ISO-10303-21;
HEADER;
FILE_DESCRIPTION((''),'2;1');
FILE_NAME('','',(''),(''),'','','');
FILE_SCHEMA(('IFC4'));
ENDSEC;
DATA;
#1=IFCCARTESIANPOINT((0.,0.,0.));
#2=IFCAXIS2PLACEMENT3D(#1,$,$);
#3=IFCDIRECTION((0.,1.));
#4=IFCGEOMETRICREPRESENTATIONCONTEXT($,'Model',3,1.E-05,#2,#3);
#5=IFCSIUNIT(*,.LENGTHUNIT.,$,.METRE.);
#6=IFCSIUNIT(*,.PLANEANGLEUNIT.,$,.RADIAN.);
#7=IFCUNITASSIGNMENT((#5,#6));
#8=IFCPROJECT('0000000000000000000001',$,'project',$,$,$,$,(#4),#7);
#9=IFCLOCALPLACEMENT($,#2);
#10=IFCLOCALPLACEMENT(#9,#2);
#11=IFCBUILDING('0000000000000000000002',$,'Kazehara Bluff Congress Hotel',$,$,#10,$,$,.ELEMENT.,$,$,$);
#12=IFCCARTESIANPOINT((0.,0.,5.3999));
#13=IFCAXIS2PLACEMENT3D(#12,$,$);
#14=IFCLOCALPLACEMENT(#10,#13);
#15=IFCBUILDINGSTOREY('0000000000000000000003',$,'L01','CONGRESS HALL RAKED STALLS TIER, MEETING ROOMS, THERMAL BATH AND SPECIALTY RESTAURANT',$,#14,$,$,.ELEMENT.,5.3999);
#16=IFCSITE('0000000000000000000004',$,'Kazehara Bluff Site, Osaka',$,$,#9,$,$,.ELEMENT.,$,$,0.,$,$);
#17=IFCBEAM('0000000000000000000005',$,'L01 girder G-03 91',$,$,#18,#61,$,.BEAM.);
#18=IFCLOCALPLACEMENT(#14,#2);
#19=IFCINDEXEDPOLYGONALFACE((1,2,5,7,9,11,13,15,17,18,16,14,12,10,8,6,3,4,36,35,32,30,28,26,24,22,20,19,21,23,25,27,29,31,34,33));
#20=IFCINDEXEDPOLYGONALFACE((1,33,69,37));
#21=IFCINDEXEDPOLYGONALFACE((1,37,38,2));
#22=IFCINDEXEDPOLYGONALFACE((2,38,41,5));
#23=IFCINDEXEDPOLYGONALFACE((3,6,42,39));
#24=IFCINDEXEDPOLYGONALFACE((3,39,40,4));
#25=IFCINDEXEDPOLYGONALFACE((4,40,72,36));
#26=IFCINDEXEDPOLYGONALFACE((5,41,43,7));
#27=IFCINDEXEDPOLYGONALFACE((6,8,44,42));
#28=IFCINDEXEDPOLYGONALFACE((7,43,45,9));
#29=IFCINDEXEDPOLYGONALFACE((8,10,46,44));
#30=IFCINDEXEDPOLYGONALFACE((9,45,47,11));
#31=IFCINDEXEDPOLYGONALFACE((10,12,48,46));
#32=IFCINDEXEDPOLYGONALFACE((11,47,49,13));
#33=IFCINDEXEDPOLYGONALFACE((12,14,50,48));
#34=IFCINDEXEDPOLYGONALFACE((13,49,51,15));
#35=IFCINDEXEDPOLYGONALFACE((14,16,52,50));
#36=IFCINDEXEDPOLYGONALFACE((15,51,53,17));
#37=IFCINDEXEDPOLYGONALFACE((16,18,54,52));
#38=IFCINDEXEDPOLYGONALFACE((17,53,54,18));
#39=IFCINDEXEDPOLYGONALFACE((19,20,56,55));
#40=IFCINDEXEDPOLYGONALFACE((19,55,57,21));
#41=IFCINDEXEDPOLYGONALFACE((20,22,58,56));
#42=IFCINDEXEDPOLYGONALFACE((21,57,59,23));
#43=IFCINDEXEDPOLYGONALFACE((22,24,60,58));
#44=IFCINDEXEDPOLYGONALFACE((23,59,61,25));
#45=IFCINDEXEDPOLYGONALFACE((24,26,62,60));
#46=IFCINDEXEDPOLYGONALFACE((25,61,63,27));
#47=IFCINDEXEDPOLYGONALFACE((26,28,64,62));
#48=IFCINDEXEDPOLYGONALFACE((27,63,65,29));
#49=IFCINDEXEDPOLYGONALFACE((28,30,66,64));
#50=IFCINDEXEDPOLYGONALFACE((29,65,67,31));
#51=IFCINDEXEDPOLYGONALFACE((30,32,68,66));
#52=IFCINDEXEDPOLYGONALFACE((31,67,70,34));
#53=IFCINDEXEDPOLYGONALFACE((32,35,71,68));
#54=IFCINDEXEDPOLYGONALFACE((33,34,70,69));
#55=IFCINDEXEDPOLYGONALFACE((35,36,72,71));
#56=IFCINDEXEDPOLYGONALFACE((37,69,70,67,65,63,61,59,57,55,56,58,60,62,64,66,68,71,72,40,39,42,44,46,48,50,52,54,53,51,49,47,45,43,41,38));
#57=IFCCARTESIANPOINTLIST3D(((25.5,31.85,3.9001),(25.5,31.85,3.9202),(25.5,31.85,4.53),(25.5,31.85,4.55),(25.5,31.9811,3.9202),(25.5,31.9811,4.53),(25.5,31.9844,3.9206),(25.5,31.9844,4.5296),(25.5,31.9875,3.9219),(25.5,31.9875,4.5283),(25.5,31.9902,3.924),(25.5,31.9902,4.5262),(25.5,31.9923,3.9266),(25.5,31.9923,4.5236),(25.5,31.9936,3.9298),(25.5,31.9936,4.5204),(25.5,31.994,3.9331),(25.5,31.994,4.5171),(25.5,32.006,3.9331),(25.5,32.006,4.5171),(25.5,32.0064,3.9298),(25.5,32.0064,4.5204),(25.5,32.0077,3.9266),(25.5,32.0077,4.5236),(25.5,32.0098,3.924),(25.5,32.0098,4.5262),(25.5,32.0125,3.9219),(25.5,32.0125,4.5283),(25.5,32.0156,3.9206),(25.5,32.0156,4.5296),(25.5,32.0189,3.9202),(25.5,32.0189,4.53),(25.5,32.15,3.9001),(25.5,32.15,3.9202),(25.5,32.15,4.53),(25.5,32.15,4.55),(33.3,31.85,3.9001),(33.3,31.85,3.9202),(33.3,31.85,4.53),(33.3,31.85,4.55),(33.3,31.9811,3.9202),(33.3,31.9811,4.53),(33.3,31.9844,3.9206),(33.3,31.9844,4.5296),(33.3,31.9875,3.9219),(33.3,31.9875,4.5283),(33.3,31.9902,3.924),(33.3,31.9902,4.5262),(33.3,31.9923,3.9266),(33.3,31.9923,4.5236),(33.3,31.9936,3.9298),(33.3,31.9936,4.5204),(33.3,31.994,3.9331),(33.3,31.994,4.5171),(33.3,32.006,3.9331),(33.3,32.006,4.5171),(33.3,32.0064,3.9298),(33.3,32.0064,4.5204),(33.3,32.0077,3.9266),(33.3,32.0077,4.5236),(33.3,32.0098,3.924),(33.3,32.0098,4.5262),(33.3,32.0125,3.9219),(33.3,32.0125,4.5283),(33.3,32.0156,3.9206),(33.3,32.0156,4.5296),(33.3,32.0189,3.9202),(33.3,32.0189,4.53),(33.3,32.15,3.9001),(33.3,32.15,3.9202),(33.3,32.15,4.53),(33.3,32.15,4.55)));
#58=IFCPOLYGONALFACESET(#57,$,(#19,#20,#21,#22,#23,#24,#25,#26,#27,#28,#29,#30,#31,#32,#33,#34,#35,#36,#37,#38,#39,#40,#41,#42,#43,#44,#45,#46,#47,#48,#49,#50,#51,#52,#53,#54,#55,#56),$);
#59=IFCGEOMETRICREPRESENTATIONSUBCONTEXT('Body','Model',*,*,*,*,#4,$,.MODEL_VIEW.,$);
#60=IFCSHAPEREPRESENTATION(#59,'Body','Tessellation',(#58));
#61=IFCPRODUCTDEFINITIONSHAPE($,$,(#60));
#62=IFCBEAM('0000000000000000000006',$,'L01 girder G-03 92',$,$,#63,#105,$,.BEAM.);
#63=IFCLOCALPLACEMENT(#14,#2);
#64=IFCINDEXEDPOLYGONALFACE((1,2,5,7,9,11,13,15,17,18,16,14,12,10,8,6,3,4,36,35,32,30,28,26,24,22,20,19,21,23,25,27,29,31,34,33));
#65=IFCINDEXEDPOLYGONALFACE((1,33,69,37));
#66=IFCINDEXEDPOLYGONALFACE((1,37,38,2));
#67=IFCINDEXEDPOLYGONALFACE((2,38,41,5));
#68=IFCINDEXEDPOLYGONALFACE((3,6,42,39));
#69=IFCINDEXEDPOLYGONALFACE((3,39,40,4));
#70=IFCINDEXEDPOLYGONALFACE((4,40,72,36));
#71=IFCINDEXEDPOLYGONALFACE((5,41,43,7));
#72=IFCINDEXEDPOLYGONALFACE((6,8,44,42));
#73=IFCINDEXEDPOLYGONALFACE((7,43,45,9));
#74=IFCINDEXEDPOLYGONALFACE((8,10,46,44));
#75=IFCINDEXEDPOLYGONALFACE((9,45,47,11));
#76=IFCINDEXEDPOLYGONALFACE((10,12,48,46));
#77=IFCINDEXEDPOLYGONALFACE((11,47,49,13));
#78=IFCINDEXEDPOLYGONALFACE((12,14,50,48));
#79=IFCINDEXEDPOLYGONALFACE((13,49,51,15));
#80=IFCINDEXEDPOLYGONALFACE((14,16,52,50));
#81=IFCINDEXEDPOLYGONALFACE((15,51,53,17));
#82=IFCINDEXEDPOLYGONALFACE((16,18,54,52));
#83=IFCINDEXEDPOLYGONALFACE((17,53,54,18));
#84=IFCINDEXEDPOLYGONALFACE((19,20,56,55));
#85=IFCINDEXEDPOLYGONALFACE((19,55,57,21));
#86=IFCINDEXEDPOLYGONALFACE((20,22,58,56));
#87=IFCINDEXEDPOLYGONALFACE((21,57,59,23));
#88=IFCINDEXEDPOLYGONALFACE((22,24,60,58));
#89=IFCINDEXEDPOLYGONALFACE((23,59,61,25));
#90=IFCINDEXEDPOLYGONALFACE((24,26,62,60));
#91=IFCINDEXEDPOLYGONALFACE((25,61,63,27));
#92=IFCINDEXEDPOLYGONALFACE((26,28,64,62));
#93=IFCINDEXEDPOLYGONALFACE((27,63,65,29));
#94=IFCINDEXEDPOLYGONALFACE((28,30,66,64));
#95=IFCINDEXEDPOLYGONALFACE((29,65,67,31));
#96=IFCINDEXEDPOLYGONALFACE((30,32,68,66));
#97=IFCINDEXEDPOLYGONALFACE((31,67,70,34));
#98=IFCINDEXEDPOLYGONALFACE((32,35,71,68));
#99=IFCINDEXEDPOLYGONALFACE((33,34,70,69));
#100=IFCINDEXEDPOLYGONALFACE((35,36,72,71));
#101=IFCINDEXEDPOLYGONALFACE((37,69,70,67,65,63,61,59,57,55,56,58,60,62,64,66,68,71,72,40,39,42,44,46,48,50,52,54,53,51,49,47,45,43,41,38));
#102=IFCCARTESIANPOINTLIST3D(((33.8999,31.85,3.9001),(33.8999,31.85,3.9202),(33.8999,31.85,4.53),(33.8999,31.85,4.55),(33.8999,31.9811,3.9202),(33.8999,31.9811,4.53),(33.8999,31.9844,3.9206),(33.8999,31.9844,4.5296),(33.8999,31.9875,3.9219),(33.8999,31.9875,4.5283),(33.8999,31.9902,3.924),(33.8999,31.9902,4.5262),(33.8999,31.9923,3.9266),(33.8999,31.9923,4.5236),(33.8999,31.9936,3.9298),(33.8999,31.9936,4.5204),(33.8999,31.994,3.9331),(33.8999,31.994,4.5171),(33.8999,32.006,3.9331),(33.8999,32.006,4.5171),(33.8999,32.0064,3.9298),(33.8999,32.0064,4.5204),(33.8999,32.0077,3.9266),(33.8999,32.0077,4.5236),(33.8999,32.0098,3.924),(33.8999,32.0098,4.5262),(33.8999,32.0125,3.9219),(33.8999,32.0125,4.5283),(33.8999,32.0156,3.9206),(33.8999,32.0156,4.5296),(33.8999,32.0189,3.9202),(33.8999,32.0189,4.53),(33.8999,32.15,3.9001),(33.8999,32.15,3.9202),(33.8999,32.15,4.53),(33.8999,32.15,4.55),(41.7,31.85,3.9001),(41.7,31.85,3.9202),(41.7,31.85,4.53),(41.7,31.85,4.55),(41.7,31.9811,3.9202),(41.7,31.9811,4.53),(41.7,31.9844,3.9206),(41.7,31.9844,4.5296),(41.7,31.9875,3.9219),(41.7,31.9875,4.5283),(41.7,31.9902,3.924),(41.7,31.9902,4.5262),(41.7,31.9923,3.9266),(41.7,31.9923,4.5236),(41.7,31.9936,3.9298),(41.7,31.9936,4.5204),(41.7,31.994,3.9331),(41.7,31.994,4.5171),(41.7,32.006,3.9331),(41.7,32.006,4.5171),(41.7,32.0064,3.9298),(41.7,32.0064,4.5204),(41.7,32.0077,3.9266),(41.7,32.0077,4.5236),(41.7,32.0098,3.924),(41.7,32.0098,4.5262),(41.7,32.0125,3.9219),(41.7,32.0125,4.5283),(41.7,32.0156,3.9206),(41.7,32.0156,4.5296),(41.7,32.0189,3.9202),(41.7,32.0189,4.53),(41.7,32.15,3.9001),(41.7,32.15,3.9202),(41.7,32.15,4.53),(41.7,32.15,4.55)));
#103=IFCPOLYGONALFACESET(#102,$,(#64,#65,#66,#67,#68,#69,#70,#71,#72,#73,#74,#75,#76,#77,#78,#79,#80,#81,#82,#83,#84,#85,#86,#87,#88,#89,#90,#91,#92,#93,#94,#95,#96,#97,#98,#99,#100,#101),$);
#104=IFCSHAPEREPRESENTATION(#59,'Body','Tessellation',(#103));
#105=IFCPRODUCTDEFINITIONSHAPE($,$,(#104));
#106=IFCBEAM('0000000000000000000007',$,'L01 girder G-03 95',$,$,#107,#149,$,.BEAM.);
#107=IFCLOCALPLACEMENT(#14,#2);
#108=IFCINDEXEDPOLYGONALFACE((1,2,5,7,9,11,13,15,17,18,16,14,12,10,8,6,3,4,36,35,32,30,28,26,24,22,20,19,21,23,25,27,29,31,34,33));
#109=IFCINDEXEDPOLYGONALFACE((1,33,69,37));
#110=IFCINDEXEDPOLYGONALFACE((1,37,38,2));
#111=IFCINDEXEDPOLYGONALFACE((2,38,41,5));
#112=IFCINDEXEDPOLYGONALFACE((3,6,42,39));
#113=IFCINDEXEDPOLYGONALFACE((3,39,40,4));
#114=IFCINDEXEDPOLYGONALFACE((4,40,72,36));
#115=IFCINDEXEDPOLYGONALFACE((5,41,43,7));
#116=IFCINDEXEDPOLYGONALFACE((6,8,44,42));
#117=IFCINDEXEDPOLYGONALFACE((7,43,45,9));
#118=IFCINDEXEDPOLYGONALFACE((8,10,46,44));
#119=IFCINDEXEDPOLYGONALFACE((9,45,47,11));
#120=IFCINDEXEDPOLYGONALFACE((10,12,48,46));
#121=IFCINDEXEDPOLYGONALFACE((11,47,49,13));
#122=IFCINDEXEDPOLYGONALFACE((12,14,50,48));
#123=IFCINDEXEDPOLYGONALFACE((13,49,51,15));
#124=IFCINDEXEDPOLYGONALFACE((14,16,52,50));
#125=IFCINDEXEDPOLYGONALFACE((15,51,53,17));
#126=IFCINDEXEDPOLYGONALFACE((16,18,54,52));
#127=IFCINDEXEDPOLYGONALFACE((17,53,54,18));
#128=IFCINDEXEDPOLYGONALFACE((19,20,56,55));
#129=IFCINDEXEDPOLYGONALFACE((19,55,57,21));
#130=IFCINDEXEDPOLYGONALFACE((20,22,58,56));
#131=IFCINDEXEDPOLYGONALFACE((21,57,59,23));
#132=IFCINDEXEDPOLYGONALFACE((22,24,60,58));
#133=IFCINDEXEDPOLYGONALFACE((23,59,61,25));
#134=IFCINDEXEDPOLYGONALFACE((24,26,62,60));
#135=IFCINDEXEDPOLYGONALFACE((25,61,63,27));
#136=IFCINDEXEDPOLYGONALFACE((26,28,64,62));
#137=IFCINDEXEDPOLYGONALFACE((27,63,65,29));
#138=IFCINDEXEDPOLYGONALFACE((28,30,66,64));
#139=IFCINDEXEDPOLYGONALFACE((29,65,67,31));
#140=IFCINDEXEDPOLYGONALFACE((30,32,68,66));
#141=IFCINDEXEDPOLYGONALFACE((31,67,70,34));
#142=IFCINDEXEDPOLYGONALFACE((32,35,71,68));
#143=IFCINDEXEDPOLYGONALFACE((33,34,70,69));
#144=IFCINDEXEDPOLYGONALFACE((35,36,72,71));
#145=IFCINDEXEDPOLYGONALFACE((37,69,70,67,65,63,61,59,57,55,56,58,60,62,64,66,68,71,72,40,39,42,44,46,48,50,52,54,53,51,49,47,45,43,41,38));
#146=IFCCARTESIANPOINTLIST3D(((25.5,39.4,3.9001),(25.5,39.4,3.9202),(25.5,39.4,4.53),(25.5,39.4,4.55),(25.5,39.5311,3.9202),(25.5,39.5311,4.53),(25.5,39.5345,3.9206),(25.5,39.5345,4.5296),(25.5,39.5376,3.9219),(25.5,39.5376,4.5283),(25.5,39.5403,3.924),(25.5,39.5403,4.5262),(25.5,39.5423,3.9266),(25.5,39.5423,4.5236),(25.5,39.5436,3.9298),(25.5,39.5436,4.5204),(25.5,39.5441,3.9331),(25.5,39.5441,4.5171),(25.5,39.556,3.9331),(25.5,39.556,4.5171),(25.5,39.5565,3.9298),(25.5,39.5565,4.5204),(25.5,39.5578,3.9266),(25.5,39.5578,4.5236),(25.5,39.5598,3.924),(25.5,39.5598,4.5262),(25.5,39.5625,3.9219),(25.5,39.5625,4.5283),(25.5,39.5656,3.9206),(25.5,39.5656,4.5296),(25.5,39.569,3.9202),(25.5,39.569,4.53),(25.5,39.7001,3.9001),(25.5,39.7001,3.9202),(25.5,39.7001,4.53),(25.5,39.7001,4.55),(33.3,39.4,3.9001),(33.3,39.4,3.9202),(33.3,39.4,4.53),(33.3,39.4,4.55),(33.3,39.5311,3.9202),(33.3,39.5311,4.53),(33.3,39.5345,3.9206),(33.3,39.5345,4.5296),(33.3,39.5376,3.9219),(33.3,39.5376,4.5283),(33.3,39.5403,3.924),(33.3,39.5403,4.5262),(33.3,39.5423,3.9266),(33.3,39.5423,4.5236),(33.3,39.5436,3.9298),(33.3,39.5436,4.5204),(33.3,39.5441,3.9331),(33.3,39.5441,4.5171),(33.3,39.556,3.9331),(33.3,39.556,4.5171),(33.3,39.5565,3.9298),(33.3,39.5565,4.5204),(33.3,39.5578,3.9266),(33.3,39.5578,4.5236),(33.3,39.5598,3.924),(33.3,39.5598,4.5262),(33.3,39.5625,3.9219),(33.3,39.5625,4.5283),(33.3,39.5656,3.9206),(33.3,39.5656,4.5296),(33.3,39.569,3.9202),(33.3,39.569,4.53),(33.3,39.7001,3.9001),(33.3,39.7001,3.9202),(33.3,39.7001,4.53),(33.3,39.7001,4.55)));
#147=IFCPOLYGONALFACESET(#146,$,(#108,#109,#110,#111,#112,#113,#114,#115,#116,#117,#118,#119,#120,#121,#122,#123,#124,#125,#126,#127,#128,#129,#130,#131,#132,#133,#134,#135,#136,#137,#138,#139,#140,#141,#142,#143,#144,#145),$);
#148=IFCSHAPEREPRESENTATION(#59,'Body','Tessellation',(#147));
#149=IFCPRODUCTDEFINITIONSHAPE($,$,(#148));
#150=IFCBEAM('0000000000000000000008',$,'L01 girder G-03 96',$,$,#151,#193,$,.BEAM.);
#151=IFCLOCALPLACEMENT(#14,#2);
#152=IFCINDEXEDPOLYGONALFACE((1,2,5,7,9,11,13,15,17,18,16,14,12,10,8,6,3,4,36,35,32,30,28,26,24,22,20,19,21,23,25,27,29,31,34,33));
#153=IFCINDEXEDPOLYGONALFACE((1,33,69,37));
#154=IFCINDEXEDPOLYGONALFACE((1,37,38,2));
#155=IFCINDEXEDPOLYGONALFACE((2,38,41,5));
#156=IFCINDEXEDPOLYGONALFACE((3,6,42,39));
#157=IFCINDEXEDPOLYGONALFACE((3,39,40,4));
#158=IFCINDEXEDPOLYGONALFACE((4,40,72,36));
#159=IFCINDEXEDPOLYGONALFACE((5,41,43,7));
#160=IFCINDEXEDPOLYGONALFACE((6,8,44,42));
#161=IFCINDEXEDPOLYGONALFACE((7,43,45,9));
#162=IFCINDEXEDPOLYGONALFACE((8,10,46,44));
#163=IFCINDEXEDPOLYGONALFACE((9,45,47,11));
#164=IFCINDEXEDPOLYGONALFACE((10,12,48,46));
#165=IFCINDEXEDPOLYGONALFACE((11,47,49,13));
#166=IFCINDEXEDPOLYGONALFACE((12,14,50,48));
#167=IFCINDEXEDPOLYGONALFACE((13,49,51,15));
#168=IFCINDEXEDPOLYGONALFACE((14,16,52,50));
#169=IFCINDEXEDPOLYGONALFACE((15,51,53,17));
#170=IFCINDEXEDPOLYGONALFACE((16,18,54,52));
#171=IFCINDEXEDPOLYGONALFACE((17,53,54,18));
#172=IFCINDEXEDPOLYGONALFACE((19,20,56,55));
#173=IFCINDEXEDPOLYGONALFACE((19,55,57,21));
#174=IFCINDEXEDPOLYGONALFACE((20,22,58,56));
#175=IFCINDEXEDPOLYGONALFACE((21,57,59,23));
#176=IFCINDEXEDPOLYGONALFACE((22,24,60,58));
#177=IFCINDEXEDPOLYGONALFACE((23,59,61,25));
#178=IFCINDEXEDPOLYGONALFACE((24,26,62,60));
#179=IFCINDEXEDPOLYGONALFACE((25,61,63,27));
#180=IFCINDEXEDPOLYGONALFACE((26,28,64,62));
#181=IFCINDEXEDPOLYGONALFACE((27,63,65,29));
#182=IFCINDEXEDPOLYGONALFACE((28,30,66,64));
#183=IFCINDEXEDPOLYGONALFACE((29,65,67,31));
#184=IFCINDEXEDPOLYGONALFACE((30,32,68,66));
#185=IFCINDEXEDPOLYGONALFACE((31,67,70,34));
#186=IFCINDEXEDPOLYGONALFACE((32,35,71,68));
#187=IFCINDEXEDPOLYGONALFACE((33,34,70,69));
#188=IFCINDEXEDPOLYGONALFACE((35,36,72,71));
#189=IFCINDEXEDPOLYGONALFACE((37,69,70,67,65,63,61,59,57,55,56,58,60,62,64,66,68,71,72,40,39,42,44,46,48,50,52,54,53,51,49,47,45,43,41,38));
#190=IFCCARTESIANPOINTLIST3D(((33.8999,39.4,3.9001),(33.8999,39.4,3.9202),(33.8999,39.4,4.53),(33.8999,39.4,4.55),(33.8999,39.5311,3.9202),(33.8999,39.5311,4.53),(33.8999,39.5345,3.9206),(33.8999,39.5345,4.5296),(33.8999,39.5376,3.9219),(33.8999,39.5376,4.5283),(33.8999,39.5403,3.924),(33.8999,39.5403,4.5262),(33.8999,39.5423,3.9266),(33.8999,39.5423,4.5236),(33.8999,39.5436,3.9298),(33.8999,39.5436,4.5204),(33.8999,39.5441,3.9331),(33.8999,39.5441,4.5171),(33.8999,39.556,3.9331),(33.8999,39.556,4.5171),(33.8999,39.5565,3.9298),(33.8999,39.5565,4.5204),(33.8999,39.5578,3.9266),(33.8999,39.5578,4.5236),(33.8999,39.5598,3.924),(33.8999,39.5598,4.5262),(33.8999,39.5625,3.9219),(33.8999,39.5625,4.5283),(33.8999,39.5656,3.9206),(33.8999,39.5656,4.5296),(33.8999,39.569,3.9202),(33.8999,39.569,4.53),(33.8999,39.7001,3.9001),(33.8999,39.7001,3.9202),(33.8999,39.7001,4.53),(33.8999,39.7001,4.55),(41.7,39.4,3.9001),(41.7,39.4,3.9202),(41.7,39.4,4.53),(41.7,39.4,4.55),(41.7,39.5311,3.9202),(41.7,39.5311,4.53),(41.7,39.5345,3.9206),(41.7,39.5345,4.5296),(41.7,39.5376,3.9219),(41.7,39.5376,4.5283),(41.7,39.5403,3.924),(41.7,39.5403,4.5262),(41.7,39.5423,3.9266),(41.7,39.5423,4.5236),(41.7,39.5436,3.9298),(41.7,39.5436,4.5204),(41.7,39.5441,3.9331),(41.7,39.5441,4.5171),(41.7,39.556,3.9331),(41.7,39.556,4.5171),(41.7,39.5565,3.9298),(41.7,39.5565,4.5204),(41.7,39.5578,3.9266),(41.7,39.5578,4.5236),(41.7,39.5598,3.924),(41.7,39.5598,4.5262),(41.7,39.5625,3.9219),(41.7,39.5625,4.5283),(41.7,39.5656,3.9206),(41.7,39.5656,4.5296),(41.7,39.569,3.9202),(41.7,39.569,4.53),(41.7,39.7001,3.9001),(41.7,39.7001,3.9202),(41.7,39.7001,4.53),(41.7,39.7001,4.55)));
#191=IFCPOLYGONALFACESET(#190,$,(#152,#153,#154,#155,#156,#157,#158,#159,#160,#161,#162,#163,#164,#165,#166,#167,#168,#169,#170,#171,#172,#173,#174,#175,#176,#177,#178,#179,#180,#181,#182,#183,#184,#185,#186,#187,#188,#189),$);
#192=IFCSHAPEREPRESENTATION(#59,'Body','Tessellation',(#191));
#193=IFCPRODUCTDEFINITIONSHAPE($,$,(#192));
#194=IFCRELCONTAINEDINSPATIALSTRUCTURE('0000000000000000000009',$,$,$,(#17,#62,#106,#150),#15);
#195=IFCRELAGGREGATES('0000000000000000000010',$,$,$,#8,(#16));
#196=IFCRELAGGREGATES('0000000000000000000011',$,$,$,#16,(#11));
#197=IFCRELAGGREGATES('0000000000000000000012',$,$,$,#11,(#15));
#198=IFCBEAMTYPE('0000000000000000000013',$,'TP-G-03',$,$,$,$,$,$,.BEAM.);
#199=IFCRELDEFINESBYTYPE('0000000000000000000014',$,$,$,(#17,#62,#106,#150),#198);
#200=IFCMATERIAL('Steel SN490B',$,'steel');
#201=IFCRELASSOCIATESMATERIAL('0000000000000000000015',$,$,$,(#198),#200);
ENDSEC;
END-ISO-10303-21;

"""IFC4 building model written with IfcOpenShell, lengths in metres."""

from ifc_helpers import new_model, si_unit, direction, frame, origin, origin_2d, place, context, subcontext, project, spatial, i_section, extrude, material, material_profile, profile_set, type_object, element, save


model = new_model("IFC4")

# Units and contexts
model_context = context("Model", 3, precision=1e-05, world=origin(), true_north=direction((0.0, 1.0)))
body_context = subcontext(model_context, "Body", "Model", "MODEL_VIEW")
ifc_project = project(units=[si_unit("LENGTHUNIT", "METRE"), si_unit("PLANEANGLEUNIT", "RADIAN")], contexts=[model_context])

# Site, building, storey
site_placement = place(None, origin())
site = spatial("IfcSite", under=ifc_project, at=site_placement, Name="Kazehara Bluff Site, Osaka", CompositionType="ELEMENT", RefElevation=0.0)
building_placement = place(site_placement, origin())
building = spatial("IfcBuilding", under=site, at=building_placement, Name="Kazehara Bluff Congress Hotel", CompositionType="ELEMENT")
storey_placement = place(building_placement, frame((0.0, 0.0, 5.3999)))
storey = spatial("IfcBuildingStorey", under=building, at=storey_placement, Name="L01", Description="CONGRESS HALL RAKED STALLS TIER, MEETING ROOMS, THERMAL BATH AND SPECIALTY RESTAURANT", CompositionType="ELEMENT", Elevation=5.3999)

# Beams
ifc_material_1 = material(Name="Steel SN490B", Category="steel")
ifc_material_profile_1 = material_profile(ifc_material_1, i_section(OverallWidth=0.3, OverallDepth=0.6499, WebThickness=0.012, FlangeThickness=0.02, FilletRadius=0.0129, at=origin_2d()))
ifc_profile_set_1 = profile_set([ifc_material_profile_1], Name="Steel SN490B")
beam_type_1 = type_object("IfcBeamType", Name="TP-G-03", PredefinedType="BEAM", material=ifc_profile_set_1)
for number, where, z_axis, x_axis, name in (
    (1, (25.5, 32.0, 4.2251), (1.0, 0.0, 0.0), (0.0, 1.0, 0.0), "L01 girder G-03 91"),
    (2, (33.8999, 32.0, 4.2251), (1.0, 0.0, 0.0), (0.0, 1.0, 0.0), "L01 girder G-03 92"),
    (3, (25.5, 39.55, 4.2251), (1.0, 0.0, 0.0), (0.0, 1.0, 0.0), "L01 girder G-03 95"),
    (4, (33.8999, 39.55, 4.2251), (1.0, 0.0, 0.0), (0.0, 1.0, 0.0), "L01 girder G-03 96"),
):
    element("IfcBeam", number, at=place(storey_placement, frame(where, z_axis=z_axis, x_axis=x_axis)), inside=storey, type_object=beam_type_1, Name=name, PredefinedType="BEAM", context=body_context, shape_type="SweptSolid", body=[
        extrude(i_section(OverallWidth=0.3, OverallDepth=0.6499, WebThickness=0.012, FlangeThickness=0.02, FilletRadius=0.0129, at=origin_2d()), origin(), (0.0, 0.0, 1.0), 7.8),
    ])

save(model, "model.ifc")
